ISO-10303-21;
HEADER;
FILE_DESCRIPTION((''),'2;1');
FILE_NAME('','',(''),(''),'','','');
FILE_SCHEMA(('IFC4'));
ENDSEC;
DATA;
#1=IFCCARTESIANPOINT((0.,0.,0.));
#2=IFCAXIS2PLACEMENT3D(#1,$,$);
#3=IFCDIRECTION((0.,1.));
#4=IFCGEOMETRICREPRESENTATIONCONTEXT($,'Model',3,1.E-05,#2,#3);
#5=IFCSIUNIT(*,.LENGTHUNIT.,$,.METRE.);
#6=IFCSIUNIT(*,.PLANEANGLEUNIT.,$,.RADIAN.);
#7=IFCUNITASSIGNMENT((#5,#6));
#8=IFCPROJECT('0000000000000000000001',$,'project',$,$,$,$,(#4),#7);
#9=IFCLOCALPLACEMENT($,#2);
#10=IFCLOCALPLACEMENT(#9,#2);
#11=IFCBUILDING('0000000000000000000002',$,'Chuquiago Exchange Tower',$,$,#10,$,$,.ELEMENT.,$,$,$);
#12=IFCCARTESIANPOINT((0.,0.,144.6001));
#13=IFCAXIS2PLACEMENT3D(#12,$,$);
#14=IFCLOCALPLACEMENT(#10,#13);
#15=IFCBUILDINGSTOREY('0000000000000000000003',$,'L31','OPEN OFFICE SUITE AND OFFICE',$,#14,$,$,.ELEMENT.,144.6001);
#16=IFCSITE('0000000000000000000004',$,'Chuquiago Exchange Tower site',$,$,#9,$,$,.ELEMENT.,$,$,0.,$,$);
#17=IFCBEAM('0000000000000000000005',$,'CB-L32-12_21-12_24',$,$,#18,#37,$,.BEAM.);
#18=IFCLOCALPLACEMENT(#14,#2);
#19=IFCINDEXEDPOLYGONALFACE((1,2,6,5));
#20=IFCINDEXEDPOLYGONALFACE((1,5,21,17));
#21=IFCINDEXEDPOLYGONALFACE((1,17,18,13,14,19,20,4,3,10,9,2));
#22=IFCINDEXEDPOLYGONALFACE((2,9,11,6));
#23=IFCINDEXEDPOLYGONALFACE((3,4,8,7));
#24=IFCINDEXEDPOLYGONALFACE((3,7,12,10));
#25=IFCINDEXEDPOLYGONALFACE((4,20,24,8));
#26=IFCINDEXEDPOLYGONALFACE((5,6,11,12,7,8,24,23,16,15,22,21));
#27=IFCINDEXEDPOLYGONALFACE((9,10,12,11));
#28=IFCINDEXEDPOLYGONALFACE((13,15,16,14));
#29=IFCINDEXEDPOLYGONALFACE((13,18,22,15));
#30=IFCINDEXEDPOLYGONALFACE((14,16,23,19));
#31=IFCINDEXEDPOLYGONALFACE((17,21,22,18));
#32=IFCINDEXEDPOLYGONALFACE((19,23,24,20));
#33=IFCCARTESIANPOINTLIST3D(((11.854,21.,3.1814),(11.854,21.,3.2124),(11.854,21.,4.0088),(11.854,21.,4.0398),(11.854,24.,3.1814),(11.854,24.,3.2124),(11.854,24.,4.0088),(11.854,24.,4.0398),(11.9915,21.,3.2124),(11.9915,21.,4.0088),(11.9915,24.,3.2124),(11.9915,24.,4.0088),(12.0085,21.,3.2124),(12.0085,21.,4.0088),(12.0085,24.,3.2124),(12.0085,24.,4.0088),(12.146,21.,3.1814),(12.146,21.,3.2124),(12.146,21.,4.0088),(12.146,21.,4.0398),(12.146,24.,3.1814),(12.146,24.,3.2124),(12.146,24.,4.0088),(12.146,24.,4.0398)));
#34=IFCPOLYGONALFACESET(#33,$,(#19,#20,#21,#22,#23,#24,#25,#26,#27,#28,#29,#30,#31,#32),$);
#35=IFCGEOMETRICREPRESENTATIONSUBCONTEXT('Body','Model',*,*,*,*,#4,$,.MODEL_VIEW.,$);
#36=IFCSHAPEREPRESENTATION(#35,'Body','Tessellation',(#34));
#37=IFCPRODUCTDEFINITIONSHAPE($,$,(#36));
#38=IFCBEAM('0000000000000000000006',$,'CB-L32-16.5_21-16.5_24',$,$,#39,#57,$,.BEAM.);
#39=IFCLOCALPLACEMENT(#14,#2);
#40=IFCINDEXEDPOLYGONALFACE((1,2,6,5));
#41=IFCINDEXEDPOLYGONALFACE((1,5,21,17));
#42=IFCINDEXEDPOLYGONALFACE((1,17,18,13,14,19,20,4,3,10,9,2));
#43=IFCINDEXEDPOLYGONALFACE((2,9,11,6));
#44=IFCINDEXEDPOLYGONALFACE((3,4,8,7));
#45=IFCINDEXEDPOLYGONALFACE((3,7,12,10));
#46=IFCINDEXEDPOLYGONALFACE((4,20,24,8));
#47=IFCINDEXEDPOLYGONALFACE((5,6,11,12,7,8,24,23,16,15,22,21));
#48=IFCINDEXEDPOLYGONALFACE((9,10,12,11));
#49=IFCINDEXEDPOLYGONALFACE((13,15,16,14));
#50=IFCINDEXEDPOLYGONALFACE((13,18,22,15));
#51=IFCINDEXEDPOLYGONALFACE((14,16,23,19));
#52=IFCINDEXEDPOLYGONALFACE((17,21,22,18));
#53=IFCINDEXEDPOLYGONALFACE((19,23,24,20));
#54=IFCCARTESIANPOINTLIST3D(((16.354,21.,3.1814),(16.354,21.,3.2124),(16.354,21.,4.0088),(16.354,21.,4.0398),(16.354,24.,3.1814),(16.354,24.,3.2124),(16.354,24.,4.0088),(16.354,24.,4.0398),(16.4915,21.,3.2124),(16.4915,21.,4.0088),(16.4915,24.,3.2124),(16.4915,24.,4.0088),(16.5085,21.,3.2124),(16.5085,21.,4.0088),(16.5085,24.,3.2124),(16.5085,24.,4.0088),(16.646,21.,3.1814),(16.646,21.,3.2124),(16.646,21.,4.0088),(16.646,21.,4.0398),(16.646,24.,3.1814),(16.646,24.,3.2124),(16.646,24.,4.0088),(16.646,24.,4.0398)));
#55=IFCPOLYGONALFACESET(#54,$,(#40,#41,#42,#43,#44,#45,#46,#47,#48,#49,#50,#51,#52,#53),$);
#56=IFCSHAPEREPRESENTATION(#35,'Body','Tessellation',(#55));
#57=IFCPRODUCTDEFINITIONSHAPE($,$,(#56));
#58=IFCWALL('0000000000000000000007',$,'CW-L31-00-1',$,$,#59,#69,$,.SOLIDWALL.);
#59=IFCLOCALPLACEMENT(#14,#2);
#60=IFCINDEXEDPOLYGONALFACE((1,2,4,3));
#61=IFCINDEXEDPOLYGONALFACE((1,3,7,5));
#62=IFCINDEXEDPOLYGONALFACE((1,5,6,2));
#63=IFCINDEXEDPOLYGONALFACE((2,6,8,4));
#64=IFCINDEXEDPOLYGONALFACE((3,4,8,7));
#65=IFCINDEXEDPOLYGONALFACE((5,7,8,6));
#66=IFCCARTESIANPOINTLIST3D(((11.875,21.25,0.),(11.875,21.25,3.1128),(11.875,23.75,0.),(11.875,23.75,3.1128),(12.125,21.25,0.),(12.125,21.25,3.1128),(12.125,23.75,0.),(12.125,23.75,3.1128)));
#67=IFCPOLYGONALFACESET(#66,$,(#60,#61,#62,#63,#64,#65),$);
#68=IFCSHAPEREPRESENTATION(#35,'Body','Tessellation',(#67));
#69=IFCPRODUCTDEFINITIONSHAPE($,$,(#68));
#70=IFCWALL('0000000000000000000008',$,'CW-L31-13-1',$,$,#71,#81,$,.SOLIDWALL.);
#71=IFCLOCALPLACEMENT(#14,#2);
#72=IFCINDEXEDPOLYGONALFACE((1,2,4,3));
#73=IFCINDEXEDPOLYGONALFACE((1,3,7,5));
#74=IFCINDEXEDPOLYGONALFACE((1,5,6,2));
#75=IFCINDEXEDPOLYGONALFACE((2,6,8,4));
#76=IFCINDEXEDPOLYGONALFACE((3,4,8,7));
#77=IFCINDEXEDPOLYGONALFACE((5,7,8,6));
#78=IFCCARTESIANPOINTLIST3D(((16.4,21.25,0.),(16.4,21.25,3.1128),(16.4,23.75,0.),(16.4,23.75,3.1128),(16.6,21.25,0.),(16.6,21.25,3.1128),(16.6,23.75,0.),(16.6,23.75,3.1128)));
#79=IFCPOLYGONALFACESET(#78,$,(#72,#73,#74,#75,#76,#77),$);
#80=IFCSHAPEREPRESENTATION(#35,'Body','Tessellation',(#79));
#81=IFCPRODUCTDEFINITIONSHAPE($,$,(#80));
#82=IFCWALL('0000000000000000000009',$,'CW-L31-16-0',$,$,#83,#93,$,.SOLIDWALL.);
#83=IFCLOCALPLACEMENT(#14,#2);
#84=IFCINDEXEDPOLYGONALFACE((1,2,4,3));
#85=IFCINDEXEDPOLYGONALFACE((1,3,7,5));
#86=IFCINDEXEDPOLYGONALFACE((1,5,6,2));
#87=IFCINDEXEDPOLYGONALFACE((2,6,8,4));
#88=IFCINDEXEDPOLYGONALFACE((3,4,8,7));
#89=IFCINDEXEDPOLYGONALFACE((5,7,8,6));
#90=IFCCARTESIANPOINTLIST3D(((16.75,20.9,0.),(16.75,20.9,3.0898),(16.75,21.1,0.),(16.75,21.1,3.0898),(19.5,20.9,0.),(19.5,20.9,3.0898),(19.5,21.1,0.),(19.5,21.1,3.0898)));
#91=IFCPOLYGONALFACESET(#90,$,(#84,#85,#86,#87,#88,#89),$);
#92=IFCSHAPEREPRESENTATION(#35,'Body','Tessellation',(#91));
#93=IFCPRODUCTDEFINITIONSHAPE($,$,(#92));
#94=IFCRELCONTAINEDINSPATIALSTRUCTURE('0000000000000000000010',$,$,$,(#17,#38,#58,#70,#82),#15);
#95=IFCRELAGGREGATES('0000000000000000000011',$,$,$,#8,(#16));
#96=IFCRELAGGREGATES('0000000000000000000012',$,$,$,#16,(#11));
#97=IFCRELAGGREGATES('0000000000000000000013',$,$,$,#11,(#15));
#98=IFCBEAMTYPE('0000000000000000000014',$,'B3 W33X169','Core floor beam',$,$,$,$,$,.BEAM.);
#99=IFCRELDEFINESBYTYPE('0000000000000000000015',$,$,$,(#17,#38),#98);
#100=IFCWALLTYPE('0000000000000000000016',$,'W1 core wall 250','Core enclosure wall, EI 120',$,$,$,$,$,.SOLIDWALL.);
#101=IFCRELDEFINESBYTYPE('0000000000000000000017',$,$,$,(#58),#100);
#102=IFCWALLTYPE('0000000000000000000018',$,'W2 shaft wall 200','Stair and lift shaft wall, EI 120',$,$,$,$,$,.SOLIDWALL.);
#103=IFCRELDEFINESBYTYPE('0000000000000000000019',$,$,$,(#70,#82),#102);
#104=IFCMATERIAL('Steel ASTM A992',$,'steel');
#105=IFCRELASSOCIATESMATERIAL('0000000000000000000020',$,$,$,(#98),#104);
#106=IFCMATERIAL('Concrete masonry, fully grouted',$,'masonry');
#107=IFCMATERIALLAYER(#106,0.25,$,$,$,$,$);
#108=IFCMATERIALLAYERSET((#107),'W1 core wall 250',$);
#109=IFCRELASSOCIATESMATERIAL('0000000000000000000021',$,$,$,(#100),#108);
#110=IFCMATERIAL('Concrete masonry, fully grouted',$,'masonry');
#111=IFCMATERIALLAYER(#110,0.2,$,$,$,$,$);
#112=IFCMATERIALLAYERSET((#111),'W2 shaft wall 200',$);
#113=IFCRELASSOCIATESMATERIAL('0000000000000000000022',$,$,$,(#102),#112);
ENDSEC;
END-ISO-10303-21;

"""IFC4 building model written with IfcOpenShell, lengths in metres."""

from ifc_helpers import new_model, si_unit, direction, frame, frame_2d, origin, origin_2d, place, context, subcontext, project, spatial, rectangle, i_section, extrude, material, layer, layer_set, material_profile, profile_set, type_object, element, save


model = new_model("IFC4")

# Units and contexts
model_context = context("Model", 3, precision=1e-05, world=origin(), true_north=direction((0.0, 1.0)))
body_context = subcontext(model_context, "Body", "Model", "MODEL_VIEW")
ifc_project = project(units=[si_unit("LENGTHUNIT", "METRE"), si_unit("PLANEANGLEUNIT", "RADIAN")], contexts=[model_context])

# Site, building, storey
site_placement = place(None, origin())
site = spatial("IfcSite", under=ifc_project, at=site_placement, Name="Chuquiago Exchange Tower site", CompositionType="ELEMENT", RefElevation=0.0)
building_placement = place(site_placement, origin())
building = spatial("IfcBuilding", under=site, at=building_placement, Name="Chuquiago Exchange Tower", CompositionType="ELEMENT")
storey_placement = place(building_placement, frame((0.0, 0.0, 144.6001)))
storey = spatial("IfcBuildingStorey", under=building, at=storey_placement, Name="L31", Description="OPEN OFFICE SUITE AND OFFICE", CompositionType="ELEMENT", Elevation=144.6001)

# Beams
ifc_material_1 = material(Name="Steel ASTM A992", Category="steel")
ifc_material_profile_1 = material_profile(ifc_material_1, i_section(OverallWidth=0.292, OverallDepth=0.8584, WebThickness=0.0171, FlangeThickness=0.031, at=origin_2d()), Name="W33X169")
ifc_profile_set_1 = profile_set([ifc_material_profile_1], Name="Steel ASTM A992")
beam_type_1 = type_object("IfcBeamType", Name="B3 W33X169", Description="Core floor beam", PredefinedType="BEAM", material=ifc_profile_set_1)
for number, where, z_axis, x_axis, name in (
    (1, (12.0, 21.0, 3.6106), (0.0, 1.0, 0.0), (-1.0, 0.0, 0.0), "CB-L32-12_21-12_24"),
    (2, (16.5, 21.0, 3.6106), (0.0, 1.0, 0.0), (-1.0, 0.0, 0.0), "CB-L32-16.5_21-16.5_24"),
):
    element("IfcBeam", number, at=place(storey_placement, frame(where, z_axis=z_axis, x_axis=x_axis)), inside=storey, type_object=beam_type_1, Name=name, PredefinedType="BEAM", context=body_context, shape_type="SweptSolid", body=[
        extrude(i_section(OverallWidth=0.292, OverallDepth=0.8584, WebThickness=0.0171, FlangeThickness=0.031, at=origin_2d()), origin(), (0.0, 0.0, 1.0), 3.0),
    ])

# Walls
ifc_material_2 = material(Name="Concrete masonry, fully grouted", Category="masonry")
ifc_layer_1 = layer(ifc_material_2, 0.25)
ifc_layer_set_1 = layer_set([ifc_layer_1], Name="W1 core wall 250")
wall_type_1 = type_object("IfcWallType", Name="W1 core wall 250", Description="Core enclosure wall, EI 120", PredefinedType="SOLIDWALL", material=ifc_layer_set_1)
wall_1_placement = place(storey_placement, frame((12.0, 21.25, 0.0), z_axis=(0.0, 0.0, 1.0), x_axis=(0.0, 1.0, 0.0)))
element("IfcWall", 3, at=wall_1_placement, inside=storey, type_object=wall_type_1, Name="CW-L31-00-1", PredefinedType="SOLIDWALL", context=body_context, shape_type="SweptSolid", body=[
    extrude(rectangle(XDim=2.5, YDim=0.25, at=frame_2d((1.25, 0.0))), origin(), (0.0, 0.0, 1.0), 3.1128),
])
ifc_material_3 = material(Name="Concrete masonry, fully grouted", Category="masonry")
ifc_layer_2 = layer(ifc_material_3, 0.2)
ifc_layer_set_2 = layer_set([ifc_layer_2], Name="W2 shaft wall 200")
wall_type_2 = type_object("IfcWallType", Name="W2 shaft wall 200", Description="Stair and lift shaft wall, EI 120", PredefinedType="SOLIDWALL", material=ifc_layer_set_2)
wall_2_placement = place(storey_placement, frame((16.5, 21.25, 0.0), z_axis=(0.0, 0.0, 1.0), x_axis=(0.0, 1.0, 0.0)))
element("IfcWall", 4, at=wall_2_placement, inside=storey, type_object=wall_type_2, Name="CW-L31-13-1", PredefinedType="SOLIDWALL", context=body_context, shape_type="SweptSolid", body=[
    extrude(rectangle(XDim=2.5, YDim=0.2, at=frame_2d((1.25, 0.0))), origin(), (0.0, 0.0, 1.0), 3.1128),
])
wall_3_placement = place(storey_placement, frame((16.75, 21.0, 0.0), z_axis=(0.0, 0.0, 1.0), x_axis=(1.0, 0.0, 0.0)))
element("IfcWall", 5, at=wall_3_placement, inside=storey, type_object=wall_type_2, Name="CW-L31-16-0", PredefinedType="SOLIDWALL", context=body_context, shape_type="SweptSolid", body=[
    extrude(rectangle(XDim=2.75, YDim=0.2, at=frame_2d((1.375, 0.0))), origin(), (0.0, 0.0, 1.0), 3.0898),
])

save(model, "model.ifc")
